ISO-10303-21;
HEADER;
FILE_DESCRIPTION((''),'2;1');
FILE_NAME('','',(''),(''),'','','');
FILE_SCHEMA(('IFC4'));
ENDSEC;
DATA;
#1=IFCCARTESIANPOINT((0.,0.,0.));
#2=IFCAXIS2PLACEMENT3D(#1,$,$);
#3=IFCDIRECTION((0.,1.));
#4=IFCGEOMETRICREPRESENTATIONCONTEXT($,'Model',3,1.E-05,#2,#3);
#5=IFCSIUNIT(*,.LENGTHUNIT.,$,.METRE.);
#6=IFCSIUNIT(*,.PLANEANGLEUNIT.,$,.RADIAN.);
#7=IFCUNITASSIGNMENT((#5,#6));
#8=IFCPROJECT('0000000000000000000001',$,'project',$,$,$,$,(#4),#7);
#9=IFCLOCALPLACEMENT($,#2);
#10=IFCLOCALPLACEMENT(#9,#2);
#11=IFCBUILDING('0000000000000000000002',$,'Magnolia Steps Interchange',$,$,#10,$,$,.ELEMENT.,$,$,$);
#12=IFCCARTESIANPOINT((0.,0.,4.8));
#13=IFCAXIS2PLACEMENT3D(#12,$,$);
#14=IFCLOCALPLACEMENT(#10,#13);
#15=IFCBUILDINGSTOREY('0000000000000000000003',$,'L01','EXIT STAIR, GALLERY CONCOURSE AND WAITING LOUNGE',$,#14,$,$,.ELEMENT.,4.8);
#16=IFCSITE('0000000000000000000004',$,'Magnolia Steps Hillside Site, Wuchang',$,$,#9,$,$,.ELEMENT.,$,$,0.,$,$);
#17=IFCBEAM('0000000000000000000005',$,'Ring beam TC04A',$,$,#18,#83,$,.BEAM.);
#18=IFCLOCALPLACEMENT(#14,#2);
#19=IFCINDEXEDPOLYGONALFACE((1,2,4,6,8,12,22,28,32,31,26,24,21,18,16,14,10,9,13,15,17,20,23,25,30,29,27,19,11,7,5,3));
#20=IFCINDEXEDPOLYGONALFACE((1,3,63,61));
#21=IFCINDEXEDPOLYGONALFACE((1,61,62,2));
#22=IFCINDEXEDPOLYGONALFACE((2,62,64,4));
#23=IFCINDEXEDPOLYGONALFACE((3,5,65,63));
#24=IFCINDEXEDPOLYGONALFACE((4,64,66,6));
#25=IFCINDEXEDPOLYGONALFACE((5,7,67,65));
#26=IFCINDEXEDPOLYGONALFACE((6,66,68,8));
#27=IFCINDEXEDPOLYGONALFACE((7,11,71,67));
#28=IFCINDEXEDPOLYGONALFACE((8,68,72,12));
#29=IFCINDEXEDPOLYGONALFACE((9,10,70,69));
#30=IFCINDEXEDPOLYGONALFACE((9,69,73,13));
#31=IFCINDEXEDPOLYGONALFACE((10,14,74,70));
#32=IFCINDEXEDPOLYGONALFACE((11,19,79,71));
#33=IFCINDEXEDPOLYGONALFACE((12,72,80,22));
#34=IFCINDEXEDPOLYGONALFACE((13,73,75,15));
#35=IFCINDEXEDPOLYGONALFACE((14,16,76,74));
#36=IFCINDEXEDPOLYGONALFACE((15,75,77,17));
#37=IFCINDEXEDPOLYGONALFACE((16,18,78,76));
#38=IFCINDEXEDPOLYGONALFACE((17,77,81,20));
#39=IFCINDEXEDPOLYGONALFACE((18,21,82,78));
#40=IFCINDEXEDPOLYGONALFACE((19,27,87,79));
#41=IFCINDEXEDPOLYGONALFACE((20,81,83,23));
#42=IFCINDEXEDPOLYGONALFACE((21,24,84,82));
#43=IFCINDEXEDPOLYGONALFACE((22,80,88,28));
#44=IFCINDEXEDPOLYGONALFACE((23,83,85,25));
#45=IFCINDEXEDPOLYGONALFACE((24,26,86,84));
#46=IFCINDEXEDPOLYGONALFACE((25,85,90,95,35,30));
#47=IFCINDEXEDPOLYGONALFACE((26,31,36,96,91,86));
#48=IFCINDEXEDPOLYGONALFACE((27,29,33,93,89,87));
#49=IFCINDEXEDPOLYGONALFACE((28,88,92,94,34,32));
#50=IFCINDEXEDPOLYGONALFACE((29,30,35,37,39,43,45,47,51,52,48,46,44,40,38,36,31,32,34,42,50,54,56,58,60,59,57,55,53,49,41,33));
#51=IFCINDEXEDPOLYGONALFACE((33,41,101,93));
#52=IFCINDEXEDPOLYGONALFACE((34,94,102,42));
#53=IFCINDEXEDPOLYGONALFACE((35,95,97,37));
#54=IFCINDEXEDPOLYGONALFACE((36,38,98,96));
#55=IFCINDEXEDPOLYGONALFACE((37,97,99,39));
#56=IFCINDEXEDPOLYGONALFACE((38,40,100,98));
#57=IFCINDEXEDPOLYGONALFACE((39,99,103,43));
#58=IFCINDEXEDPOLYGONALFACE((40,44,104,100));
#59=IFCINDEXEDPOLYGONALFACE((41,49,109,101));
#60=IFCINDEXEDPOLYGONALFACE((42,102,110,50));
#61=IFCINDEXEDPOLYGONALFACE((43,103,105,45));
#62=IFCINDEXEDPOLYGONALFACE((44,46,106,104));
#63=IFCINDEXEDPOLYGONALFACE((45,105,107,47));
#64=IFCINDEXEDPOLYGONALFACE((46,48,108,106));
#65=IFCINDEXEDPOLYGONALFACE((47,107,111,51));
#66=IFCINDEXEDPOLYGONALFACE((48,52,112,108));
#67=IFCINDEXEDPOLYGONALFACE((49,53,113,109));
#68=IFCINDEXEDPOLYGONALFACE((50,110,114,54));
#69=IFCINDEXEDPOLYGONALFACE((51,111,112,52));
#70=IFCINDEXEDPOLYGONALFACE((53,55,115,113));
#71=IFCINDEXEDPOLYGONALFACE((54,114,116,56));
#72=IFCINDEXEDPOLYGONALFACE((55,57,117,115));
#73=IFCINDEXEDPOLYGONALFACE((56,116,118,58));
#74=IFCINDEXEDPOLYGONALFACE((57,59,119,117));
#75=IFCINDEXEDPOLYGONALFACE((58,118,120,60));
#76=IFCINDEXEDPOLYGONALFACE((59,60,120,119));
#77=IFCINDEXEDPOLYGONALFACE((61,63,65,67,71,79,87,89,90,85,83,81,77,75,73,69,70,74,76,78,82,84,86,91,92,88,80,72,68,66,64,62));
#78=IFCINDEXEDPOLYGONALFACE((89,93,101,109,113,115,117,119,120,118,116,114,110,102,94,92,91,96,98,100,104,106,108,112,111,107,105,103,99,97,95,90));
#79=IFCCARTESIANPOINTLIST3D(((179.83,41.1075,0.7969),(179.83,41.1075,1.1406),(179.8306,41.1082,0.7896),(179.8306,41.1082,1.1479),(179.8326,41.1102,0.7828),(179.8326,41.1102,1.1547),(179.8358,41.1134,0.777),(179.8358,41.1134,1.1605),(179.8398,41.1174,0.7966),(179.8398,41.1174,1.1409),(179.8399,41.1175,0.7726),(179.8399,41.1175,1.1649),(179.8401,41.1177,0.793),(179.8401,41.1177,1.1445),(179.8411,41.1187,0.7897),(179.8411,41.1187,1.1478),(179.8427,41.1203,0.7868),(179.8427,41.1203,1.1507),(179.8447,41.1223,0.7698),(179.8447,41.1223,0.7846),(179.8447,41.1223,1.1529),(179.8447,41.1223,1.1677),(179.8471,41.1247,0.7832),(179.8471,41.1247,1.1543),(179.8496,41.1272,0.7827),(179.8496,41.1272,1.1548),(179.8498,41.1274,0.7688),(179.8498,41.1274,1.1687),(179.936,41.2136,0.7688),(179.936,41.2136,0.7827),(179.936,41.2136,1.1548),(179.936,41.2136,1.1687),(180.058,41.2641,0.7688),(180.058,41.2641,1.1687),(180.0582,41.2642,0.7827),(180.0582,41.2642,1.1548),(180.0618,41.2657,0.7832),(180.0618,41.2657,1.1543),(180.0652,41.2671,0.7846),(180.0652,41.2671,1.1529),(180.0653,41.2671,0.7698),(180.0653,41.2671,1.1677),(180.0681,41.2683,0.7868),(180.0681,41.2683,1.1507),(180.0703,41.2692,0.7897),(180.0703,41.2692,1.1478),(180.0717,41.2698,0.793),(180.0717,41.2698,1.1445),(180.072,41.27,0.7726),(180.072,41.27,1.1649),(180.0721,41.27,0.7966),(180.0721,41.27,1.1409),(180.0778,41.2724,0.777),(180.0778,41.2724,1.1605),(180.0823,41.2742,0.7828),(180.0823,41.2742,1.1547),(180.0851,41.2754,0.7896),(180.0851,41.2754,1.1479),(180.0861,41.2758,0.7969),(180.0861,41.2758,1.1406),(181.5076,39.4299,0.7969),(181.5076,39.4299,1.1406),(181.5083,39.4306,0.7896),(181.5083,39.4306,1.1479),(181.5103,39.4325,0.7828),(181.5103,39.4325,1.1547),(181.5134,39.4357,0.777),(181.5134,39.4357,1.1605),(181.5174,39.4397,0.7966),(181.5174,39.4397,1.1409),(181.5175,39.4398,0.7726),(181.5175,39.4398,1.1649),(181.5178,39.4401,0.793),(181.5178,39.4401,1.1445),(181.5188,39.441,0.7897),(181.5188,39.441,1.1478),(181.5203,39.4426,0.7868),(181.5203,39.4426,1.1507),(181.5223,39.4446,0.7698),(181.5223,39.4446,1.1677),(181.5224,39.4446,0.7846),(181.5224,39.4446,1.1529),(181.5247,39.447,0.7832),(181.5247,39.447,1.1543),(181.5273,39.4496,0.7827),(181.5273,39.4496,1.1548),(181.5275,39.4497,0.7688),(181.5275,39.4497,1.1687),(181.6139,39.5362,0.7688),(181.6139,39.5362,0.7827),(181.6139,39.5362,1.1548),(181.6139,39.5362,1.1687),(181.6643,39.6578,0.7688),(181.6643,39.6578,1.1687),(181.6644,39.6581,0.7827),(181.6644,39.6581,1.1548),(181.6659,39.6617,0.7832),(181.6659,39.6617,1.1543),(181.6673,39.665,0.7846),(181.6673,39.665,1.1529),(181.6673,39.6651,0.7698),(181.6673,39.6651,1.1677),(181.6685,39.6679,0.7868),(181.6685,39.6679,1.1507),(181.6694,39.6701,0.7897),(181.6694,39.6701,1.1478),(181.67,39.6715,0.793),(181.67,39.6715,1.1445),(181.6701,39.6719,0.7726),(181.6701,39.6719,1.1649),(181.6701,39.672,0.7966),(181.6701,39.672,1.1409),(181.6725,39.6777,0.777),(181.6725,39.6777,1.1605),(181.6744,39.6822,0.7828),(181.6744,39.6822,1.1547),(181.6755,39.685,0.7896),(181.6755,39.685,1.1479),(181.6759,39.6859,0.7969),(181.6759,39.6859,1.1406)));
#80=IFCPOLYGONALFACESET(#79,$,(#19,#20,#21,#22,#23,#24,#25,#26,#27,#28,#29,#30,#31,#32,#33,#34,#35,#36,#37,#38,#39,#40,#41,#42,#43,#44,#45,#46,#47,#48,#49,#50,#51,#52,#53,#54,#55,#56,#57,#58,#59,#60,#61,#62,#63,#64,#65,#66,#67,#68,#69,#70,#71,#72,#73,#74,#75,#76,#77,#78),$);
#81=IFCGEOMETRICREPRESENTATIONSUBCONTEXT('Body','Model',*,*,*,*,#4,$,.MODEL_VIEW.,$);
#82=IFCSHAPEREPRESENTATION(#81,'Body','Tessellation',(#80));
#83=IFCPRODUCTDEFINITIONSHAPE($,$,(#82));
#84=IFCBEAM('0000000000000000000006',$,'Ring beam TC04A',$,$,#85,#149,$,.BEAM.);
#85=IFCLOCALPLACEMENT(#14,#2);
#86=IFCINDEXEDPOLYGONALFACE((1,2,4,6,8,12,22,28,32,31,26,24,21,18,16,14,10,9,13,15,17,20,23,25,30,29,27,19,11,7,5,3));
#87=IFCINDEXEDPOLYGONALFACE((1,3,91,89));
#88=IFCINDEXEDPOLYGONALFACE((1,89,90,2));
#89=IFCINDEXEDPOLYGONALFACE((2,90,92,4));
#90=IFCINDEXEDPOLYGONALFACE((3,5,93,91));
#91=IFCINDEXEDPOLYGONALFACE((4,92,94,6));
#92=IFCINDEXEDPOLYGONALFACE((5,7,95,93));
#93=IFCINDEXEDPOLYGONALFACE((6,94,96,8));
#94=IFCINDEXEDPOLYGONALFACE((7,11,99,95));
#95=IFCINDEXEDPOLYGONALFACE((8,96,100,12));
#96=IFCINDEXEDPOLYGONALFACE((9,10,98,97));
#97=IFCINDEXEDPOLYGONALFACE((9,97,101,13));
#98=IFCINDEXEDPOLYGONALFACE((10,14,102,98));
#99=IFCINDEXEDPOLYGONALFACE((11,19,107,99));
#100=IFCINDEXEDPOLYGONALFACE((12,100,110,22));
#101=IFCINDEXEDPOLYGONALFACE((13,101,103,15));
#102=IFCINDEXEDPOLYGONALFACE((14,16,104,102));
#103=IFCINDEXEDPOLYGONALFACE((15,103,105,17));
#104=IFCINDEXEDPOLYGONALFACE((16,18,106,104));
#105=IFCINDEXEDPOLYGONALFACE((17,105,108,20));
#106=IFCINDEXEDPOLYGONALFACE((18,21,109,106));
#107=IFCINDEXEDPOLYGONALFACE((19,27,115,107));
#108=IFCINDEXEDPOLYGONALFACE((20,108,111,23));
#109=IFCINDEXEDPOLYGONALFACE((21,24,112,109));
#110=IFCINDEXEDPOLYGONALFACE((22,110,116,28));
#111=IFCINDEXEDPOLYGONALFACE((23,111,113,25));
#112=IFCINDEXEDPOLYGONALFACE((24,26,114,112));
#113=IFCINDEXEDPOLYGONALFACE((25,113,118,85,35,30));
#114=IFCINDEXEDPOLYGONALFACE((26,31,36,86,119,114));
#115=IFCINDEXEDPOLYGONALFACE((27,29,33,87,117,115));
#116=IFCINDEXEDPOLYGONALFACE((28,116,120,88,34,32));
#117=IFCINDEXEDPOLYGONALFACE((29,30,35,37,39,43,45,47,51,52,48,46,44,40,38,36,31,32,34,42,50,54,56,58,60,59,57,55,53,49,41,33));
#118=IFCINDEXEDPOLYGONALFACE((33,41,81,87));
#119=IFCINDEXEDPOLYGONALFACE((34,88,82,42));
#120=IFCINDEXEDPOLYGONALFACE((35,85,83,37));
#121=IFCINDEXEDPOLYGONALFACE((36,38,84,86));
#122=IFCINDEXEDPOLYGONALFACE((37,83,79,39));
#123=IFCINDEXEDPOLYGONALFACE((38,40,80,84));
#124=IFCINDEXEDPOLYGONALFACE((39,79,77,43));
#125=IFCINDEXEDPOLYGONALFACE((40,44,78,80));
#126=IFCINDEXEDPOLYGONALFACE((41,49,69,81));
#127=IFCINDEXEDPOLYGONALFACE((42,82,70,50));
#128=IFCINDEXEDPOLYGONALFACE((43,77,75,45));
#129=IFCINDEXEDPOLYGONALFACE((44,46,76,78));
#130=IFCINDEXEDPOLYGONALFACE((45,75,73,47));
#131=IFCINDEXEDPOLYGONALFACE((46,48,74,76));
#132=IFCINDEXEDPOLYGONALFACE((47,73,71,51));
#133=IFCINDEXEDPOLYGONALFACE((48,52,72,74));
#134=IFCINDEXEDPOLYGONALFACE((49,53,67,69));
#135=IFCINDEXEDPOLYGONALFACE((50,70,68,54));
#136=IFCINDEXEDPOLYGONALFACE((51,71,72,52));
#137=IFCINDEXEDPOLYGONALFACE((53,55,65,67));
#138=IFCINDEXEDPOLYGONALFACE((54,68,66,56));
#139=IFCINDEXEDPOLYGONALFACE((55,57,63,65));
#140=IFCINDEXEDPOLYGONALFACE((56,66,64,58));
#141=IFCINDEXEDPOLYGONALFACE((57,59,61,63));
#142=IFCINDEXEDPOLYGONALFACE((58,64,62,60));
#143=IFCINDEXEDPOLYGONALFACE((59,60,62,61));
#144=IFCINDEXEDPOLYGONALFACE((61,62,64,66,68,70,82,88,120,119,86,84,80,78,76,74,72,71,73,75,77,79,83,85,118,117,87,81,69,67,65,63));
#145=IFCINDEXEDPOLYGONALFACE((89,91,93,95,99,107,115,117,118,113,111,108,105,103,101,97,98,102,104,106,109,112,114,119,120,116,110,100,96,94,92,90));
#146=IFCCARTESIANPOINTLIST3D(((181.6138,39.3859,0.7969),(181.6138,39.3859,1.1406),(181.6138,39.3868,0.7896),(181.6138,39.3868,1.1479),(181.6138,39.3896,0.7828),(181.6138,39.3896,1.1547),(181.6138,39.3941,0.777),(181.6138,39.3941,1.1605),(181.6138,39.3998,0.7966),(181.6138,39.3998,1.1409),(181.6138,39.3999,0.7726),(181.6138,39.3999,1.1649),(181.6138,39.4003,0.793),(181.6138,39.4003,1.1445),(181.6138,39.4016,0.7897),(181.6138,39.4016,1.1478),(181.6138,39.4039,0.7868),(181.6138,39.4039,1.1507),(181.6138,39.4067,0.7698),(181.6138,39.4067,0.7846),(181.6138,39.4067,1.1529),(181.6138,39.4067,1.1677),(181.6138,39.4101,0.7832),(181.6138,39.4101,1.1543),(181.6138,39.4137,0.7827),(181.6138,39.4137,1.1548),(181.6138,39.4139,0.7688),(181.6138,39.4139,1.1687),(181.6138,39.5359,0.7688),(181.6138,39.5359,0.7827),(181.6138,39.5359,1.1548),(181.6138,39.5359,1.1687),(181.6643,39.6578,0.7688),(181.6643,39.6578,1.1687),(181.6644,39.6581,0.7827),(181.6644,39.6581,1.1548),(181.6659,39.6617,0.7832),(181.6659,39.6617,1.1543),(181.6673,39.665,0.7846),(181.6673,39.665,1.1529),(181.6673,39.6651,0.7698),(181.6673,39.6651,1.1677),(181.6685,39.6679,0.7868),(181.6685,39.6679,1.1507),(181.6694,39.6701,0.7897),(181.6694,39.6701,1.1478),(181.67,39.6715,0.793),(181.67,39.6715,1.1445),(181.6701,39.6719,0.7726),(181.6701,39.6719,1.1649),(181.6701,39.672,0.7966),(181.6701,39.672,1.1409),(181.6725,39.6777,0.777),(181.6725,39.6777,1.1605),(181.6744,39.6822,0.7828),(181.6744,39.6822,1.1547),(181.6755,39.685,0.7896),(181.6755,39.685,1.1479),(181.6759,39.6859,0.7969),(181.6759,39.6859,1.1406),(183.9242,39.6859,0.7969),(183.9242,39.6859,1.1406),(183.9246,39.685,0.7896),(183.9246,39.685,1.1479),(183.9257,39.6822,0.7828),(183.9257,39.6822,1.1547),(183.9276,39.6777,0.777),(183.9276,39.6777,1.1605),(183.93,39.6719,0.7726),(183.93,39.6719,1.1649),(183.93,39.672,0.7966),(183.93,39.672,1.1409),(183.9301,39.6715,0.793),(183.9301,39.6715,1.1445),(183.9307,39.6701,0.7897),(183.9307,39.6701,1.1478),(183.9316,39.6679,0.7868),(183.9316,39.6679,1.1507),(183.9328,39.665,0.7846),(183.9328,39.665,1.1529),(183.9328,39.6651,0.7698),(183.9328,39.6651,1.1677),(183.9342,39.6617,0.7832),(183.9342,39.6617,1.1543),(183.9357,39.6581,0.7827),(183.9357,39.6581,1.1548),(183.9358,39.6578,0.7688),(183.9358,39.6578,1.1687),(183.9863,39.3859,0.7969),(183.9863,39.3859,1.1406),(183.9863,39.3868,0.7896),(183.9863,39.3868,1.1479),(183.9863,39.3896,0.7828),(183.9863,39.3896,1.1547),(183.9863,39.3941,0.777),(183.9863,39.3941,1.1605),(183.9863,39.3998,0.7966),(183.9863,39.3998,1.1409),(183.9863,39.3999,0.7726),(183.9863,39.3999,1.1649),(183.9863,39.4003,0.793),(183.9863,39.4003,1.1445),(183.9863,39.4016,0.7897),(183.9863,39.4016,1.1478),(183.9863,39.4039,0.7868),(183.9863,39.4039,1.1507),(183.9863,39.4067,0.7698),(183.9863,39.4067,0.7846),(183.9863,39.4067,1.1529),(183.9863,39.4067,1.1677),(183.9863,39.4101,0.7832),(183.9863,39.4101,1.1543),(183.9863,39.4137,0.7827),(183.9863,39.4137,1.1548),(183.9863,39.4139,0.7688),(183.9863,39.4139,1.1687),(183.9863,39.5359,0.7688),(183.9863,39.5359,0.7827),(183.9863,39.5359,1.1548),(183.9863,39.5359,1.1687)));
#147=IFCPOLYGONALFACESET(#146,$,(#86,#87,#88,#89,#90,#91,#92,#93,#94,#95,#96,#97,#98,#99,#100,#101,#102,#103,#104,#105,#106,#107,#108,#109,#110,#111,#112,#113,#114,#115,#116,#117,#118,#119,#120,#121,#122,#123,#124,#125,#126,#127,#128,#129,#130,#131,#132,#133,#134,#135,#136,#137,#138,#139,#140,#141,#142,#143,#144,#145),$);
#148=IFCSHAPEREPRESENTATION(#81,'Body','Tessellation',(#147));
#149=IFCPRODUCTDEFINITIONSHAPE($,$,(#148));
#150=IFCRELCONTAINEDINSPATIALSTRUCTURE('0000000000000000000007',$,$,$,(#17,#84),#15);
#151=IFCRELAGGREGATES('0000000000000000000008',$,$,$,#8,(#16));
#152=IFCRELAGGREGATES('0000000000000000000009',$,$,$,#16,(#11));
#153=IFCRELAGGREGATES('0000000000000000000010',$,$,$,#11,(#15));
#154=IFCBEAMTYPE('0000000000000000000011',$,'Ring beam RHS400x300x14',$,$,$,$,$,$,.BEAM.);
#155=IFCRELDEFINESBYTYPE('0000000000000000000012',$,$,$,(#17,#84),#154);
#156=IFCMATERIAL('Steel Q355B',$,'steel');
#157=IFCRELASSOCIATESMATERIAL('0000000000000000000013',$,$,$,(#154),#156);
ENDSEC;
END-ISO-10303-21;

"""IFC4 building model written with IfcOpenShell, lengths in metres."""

from ifc_helpers import new_model, si_unit, direction, frame, origin, origin_2d, place, context, subcontext, project, spatial, hollow_rectangle, extrude, clip, halfspace, material, material_profile, profile_set, type_object, element, save


model = new_model("IFC4")

# Units and contexts
model_context = context("Model", 3, precision=1e-05, world=origin(), true_north=direction((0.0, 1.0)))
body_context = subcontext(model_context, "Body", "Model", "MODEL_VIEW")
ifc_project = project(units=[si_unit("LENGTHUNIT", "METRE"), si_unit("PLANEANGLEUNIT", "RADIAN")], contexts=[model_context])

# Site, building, storey
site_placement = place(None, origin())
site = spatial("IfcSite", under=ifc_project, at=site_placement, Name="Magnolia Steps Hillside Site, Wuchang", CompositionType="ELEMENT", RefElevation=0.0)
building_placement = place(site_placement, origin())
building = spatial("IfcBuilding", under=site, at=building_placement, Name="Magnolia Steps Interchange", CompositionType="ELEMENT")
storey_placement = place(building_placement, frame((0.0, 0.0, 4.8)))
storey = spatial("IfcBuildingStorey", under=building, at=storey_placement, Name="L01", Description="EXIT STAIR, GALLERY CONCOURSE AND WAITING LOUNGE", CompositionType="ELEMENT", Elevation=4.8)

# Beams
ifc_material_1 = material(Name="Steel Q355B", Category="steel")
ifc_material_profile_1 = material_profile(ifc_material_1, hollow_rectangle(XDim=0.3, YDim=0.3999, WallThickness=0.0139, InnerFilletRadius=0.0139, OuterFilletRadius=0.0281, at=origin_2d()), Name="RHS400x300x14")
ifc_profile_set_1 = profile_set([ifc_material_profile_1], Name="Steel Q355B")
beam_type_1 = type_object("IfcBeamType", Name="Ring beam RHS400x300x14", PredefinedType="BEAM", material=ifc_profile_set_1)
beam_1_placement = place(storey_placement, frame((179.936, 41.2136, 0.9688), z_axis=(0.707107, -0.707107, 0.0), x_axis=(0.707107, 0.707107, 0.0)))
element("IfcBeam", 1, at=beam_1_placement, inside=storey, type_object=beam_type_1, Name="Ring beam TC04A", PredefinedType="BEAM", context=body_context, shape_type="Clipping", body=[
    clip(clip(extrude(hollow_rectangle(XDim=0.3, YDim=0.3999, WallThickness=0.0139, InnerFilletRadius=0.0139, OuterFilletRadius=0.0281, at=origin_2d()), origin(), (0.0, 0.0, 1.0), 2.3726), halfspace(frame((0.0, 0.0, 0.0), z_axis=(0.382683, 0.0, -0.92388), x_axis=(0.92388, 0.0, 0.382683)), False)), halfspace(frame((0.0, 0.0, 2.3727), z_axis=(0.382683, 0.0, 0.92388), x_axis=(0.92388, 0.0, -0.382683)), False)),
])
beam_2_placement = place(storey_placement, frame((181.6138, 39.5359, 0.9688), z_axis=(1.0, 0.0, 0.0), x_axis=(0.0, 1.0, 0.0)))
element("IfcBeam", 2, at=beam_2_placement, inside=storey, type_object=beam_type_1, Name="Ring beam TC04A", PredefinedType="BEAM", context=body_context, shape_type="Clipping", body=[
    clip(clip(extrude(hollow_rectangle(XDim=0.3, YDim=0.3999, WallThickness=0.0139, InnerFilletRadius=0.0139, OuterFilletRadius=0.0281, at=origin_2d()), origin(), (0.0, 0.0, 1.0), 2.3726), halfspace(frame((0.0, 0.0, 0.0), z_axis=(0.382683, 0.0, -0.92388), x_axis=(0.92388, 0.0, 0.382683)), False)), halfspace(frame((0.0, 0.0, 2.3726), z_axis=(0.382683, 0.0, 0.92388), x_axis=(0.92388, 0.0, -0.382683)), False)),
])

save(model, "model.ifc")
